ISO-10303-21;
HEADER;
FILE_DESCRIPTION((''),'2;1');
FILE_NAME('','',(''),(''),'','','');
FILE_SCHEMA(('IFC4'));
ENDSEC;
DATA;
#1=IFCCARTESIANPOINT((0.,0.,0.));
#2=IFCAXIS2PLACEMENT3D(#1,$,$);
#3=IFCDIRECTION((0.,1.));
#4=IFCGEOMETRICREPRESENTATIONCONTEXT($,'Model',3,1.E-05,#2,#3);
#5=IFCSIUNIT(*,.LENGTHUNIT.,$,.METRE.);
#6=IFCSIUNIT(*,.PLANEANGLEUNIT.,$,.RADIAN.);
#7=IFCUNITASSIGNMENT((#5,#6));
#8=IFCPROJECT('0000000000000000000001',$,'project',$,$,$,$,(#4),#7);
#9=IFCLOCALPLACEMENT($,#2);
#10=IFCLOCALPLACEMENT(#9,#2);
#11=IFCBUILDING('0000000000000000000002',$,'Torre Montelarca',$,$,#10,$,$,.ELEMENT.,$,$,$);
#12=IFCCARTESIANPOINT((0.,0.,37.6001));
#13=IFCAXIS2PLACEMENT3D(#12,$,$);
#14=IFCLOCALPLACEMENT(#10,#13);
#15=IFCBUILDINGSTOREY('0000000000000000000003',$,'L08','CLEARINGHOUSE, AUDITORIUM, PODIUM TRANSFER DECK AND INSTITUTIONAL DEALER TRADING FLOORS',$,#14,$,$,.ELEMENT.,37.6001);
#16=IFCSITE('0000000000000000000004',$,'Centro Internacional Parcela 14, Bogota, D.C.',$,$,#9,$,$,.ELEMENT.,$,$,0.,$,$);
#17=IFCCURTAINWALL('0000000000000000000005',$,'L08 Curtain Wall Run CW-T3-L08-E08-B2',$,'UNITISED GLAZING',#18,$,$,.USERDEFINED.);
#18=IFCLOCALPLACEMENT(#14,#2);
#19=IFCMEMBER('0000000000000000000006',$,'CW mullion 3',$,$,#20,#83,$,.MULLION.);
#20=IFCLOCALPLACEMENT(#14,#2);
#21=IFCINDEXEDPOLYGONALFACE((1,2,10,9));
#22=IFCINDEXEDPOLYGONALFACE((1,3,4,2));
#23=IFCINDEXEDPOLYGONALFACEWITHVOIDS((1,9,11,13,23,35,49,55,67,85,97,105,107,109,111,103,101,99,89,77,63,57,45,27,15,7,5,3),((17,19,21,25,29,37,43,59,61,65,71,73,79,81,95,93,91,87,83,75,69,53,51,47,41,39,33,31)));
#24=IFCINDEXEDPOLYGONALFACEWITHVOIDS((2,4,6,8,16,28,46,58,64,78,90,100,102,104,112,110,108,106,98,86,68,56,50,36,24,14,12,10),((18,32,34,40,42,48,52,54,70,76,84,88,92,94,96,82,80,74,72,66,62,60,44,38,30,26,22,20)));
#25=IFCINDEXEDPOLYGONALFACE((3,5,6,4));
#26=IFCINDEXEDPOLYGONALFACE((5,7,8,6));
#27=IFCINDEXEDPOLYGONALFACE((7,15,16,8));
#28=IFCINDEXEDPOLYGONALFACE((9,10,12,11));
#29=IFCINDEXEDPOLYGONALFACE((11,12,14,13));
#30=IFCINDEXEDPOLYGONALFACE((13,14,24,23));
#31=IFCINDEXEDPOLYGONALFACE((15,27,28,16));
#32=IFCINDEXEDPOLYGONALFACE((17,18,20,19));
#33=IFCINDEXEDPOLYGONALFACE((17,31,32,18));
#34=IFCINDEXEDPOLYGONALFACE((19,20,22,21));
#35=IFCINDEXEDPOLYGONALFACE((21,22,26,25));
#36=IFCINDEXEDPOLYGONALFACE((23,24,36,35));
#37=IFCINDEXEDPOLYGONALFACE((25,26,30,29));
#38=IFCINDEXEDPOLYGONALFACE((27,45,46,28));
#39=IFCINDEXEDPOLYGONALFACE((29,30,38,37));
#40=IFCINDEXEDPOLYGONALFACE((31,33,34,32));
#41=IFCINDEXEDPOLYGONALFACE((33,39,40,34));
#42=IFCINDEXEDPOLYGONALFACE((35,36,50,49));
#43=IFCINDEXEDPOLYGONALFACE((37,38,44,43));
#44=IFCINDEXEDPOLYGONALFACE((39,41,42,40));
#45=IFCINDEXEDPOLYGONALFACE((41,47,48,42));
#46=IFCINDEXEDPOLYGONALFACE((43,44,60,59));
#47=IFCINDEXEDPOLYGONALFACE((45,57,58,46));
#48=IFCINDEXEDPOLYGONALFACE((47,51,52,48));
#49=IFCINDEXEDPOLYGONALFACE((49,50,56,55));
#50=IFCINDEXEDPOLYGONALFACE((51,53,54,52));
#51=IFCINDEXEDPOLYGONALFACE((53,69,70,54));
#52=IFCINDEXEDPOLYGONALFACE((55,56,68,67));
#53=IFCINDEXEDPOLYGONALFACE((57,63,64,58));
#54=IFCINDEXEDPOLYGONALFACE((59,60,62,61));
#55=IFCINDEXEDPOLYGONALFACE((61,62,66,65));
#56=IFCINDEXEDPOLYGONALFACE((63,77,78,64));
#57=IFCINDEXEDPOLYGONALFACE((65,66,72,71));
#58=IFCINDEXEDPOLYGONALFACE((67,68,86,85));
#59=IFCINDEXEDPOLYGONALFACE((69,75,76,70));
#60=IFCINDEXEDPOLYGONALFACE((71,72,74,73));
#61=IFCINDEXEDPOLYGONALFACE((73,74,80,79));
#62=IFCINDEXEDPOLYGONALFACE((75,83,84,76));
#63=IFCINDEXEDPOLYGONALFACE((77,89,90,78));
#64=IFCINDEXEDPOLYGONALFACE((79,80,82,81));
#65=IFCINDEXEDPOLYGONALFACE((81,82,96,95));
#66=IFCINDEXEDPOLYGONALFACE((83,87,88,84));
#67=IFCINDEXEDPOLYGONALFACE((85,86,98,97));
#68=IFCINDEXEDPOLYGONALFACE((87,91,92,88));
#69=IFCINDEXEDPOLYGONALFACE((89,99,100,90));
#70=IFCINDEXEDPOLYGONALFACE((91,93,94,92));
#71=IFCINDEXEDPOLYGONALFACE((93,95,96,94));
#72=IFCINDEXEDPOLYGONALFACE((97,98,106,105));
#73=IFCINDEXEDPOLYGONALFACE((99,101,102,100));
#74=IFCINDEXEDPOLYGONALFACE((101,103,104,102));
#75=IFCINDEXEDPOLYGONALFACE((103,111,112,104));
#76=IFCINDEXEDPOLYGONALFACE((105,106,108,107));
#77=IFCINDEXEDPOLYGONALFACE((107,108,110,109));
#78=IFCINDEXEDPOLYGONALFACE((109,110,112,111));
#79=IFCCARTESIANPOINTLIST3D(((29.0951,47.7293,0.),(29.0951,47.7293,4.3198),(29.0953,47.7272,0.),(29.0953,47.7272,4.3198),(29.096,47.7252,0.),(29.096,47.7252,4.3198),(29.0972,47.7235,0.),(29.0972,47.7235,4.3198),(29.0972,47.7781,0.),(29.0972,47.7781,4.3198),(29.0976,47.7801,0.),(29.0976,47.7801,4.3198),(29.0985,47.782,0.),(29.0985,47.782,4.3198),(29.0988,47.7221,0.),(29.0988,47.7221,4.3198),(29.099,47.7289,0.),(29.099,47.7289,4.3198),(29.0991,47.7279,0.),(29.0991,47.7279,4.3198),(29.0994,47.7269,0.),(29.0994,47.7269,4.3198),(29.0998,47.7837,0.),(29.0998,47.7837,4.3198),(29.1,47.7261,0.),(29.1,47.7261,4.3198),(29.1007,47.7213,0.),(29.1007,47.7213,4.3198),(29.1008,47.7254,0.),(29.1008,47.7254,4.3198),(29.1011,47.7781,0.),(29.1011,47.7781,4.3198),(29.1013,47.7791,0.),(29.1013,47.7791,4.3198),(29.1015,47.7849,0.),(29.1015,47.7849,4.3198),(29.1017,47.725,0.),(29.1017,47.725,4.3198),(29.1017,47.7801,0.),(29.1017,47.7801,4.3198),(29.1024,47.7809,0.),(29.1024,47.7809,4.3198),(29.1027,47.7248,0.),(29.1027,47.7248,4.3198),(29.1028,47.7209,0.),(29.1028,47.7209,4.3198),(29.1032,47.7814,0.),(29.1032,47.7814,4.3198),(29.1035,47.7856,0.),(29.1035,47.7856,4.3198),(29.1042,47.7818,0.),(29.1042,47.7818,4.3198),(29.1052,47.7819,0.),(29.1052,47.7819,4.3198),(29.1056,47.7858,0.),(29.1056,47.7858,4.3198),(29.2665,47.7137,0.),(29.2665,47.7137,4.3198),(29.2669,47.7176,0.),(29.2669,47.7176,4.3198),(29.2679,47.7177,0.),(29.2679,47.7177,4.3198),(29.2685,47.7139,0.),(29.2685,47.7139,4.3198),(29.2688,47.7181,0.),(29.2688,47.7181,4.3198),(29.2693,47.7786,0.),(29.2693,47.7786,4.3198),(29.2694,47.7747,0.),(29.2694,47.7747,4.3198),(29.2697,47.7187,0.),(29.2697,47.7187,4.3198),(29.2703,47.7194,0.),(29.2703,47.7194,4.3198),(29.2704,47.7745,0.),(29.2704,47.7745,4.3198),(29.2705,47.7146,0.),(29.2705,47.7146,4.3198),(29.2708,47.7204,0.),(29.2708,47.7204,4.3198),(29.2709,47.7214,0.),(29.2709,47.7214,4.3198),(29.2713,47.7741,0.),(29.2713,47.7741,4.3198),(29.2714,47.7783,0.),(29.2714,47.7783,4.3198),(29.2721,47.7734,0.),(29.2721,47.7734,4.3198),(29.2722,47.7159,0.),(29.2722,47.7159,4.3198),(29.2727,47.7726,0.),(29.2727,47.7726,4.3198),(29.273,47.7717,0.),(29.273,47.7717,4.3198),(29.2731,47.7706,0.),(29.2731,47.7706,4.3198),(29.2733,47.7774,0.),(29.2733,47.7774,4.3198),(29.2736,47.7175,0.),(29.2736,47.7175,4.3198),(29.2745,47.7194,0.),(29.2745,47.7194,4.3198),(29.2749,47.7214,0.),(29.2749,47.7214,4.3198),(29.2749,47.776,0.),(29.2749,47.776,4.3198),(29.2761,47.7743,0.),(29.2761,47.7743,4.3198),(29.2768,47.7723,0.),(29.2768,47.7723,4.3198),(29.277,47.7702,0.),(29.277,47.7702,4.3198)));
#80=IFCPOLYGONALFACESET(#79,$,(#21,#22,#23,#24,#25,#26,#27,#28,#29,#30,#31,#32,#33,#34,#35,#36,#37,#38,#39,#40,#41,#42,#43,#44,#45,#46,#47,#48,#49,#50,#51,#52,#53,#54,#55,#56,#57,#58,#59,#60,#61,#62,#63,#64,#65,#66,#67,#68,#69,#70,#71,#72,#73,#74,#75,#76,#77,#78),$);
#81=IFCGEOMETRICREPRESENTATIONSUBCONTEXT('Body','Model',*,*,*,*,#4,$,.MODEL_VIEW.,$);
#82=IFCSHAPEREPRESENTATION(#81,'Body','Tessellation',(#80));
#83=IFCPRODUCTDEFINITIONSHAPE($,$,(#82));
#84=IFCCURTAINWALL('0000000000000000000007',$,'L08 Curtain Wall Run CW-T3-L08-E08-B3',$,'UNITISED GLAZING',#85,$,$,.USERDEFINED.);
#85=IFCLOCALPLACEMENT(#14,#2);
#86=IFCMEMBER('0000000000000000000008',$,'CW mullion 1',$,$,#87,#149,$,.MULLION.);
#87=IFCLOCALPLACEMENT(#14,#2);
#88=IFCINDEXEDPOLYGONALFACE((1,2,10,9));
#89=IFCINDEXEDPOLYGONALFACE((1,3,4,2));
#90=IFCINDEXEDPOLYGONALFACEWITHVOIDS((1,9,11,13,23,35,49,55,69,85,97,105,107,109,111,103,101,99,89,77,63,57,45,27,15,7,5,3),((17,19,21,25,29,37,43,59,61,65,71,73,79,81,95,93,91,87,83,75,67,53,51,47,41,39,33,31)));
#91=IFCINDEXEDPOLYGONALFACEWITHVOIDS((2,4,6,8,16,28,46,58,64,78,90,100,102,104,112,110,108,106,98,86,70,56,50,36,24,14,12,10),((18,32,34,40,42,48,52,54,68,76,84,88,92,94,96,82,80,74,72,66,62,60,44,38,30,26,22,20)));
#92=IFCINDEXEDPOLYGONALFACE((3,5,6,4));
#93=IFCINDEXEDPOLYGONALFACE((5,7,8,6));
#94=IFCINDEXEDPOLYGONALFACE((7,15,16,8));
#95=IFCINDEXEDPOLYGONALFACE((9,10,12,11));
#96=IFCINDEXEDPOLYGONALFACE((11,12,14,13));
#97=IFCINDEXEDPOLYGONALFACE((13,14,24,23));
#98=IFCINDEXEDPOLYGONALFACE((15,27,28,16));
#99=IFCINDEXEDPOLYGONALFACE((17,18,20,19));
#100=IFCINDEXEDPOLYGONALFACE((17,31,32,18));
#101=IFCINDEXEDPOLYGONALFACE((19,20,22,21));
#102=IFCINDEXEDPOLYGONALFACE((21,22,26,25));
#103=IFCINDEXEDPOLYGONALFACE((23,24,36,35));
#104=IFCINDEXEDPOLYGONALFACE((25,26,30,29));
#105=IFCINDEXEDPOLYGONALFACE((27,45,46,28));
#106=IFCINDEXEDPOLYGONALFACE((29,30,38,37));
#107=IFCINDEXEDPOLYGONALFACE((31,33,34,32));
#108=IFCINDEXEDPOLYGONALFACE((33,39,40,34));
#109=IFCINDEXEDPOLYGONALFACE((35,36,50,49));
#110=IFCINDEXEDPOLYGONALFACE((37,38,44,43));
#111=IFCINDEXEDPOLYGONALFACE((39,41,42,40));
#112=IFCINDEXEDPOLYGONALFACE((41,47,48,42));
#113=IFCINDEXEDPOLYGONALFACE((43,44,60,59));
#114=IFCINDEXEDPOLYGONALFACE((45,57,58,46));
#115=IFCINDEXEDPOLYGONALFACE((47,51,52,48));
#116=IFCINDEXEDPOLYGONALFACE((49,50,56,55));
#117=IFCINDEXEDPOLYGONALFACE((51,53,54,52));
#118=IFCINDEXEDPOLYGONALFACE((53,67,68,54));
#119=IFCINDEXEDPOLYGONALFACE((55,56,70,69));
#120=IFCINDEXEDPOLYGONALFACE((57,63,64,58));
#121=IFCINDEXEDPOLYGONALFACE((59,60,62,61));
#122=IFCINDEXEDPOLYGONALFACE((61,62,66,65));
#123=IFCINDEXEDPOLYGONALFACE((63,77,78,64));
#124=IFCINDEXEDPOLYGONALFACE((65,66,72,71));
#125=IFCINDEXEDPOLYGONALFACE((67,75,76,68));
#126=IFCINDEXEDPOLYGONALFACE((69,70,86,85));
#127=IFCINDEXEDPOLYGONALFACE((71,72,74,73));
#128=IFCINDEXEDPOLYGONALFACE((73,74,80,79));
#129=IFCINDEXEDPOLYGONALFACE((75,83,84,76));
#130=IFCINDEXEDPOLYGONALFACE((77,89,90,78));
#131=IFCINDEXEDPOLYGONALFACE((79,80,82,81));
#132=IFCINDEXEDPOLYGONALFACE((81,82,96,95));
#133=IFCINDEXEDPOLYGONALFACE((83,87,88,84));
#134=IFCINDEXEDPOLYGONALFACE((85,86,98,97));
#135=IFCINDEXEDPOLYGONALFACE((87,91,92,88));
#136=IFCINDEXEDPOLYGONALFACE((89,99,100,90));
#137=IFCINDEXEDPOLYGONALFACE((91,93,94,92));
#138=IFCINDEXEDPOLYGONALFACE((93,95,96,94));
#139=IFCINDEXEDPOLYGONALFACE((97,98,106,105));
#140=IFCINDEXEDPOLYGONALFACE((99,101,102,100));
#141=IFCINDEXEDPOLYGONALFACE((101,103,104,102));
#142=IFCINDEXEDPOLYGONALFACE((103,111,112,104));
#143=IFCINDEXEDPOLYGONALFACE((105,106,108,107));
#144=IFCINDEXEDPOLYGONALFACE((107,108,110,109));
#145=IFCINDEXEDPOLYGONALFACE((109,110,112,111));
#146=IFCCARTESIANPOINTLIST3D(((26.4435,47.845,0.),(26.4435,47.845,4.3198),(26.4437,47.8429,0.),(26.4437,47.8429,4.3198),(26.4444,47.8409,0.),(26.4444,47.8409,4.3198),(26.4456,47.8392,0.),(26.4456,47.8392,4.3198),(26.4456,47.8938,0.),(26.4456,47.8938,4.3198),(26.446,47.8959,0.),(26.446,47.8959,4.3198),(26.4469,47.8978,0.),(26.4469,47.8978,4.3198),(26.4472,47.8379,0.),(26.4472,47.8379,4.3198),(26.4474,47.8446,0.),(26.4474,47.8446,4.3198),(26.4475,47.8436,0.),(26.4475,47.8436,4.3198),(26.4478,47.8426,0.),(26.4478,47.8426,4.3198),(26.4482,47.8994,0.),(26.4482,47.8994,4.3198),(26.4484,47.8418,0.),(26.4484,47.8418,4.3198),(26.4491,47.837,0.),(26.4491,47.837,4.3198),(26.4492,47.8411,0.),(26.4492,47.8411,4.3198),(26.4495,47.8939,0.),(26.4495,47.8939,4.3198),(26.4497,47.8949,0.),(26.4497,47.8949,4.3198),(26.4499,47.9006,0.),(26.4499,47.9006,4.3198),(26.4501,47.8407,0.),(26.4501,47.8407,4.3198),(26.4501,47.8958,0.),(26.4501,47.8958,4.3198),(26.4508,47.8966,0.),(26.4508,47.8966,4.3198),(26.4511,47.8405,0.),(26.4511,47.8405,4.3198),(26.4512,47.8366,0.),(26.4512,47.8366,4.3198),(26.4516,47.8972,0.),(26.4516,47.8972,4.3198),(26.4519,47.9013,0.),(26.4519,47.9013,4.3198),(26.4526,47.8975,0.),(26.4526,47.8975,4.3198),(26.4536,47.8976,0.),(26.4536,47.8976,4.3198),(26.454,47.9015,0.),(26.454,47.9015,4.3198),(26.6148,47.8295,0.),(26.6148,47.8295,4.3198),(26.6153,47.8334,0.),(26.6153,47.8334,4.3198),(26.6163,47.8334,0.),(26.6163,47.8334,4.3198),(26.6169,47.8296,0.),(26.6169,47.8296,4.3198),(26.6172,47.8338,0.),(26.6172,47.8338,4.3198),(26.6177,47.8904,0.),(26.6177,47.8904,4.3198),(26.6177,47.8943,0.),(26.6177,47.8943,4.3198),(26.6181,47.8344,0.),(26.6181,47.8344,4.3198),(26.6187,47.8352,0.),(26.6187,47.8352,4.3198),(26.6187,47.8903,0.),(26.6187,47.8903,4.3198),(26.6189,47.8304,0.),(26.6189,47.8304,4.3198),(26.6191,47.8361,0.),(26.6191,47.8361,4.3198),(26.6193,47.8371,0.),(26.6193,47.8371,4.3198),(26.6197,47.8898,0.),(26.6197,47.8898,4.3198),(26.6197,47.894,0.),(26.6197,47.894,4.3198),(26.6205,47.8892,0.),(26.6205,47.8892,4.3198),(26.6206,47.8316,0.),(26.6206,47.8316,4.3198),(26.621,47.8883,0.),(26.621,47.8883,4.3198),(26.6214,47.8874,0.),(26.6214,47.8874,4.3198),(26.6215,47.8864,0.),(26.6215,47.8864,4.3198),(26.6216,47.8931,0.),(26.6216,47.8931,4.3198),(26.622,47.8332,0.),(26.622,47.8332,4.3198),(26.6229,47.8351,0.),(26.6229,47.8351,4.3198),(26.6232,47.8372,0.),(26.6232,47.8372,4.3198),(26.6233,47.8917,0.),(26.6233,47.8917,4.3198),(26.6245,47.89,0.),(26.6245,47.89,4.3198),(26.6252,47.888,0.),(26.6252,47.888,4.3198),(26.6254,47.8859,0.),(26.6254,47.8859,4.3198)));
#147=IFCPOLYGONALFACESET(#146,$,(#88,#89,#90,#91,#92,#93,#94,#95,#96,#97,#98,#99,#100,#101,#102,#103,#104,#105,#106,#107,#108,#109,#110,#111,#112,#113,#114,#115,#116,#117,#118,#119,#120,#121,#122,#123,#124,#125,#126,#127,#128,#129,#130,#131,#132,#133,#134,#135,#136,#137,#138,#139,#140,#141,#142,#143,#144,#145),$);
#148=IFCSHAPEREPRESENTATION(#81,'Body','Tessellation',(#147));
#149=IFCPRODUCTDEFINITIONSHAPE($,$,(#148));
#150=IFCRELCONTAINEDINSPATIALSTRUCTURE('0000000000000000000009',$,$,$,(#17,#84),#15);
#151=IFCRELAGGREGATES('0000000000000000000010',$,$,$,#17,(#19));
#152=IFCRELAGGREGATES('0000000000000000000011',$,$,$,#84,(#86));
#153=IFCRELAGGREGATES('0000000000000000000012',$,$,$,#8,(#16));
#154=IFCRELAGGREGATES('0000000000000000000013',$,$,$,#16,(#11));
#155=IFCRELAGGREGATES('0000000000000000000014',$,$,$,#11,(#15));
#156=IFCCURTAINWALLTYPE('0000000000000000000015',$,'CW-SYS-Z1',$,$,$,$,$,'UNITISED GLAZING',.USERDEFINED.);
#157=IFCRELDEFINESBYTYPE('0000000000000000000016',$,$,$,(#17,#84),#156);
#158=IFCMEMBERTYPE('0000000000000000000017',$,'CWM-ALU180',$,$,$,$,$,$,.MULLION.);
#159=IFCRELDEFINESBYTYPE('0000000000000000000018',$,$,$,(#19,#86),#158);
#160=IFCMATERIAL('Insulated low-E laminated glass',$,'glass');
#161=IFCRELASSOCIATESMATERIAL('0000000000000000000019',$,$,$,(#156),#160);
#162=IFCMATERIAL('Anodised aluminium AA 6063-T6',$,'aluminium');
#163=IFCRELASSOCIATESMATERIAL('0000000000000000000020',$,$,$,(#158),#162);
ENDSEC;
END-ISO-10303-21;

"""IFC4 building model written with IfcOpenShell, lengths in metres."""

from ifc_helpers import new_model, si_unit, direction, frame, origin, origin_2d, place, context, subcontext, project, spatial, hollow_rectangle, extrude, source, transform, mapped, material, material_profile, profile_set, type_object, element, aggregate, save


model = new_model("IFC4")

# Units and contexts
model_context = context("Model", 3, precision=1e-05, world=origin(), true_north=direction((0.0, 1.0)))
body_context = subcontext(model_context, "Body", "Model", "MODEL_VIEW")
ifc_project = project(units=[si_unit("LENGTHUNIT", "METRE"), si_unit("PLANEANGLEUNIT", "RADIAN")], contexts=[model_context])

# Site, building, storey
site_placement = place(None, origin())
site = spatial("IfcSite", under=ifc_project, at=site_placement, Name="Centro Internacional Parcela 14, Bogota, D.C.", CompositionType="ELEMENT", RefElevation=0.0)
building_placement = place(site_placement, origin())
building = spatial("IfcBuilding", under=site, at=building_placement, Name="Torre Montelarca", CompositionType="ELEMENT")
storey_placement = place(building_placement, frame((0.0, 0.0, 37.6001)))
storey = spatial("IfcBuildingStorey", under=building, at=storey_placement, Name="L08", Description="CLEARINGHOUSE, AUDITORIUM, PODIUM TRANSFER DECK AND INSTITUTIONAL DEALER TRADING FLOORS", CompositionType="ELEMENT", Elevation=37.6001)

# Curtain walls, members
ifc_material_1 = material(Name="Insulated low-E laminated glass", Category="glass")
curtain_wall_type = type_object("IfcCurtainWallType", Name="CW-SYS-Z1", ElementType="UNITISED GLAZING", PredefinedType="USERDEFINED", material=ifc_material_1)
curtain_wall_1_placement = place(storey_placement, origin())
curtain_wall_1 = element("IfcCurtainWall", 1, at=curtain_wall_1_placement, inside=storey, type_object=curtain_wall_type, Name="L08 Curtain Wall Run CW-T3-L08-E08-B2", ObjectType="UNITISED GLAZING", PredefinedType="USERDEFINED")
ifc_material_2 = material(Name="Anodised aluminium AA 6063-T6", Category="aluminium")
ifc_material_profile_1 = material_profile(ifc_material_2, hollow_rectangle(XDim=0.0649, YDim=0.1799, WallThickness=0.0039, InnerFilletRadius=0.0039, OuterFilletRadius=0.0081, at=origin_2d()), Name="ALU65X180X4", Category="aluminium")
ifc_profile_set_1 = profile_set([ifc_material_profile_1], Name="Anodised aluminium AA 6063-T6")
member_type_1 = type_object("IfcMemberType", Name="CWM-ALU180", PredefinedType="MULLION", material=ifc_profile_set_1)
shared_shape_1 = source(origin(), body_context, "Body", "SweptSolid", [
    extrude(hollow_rectangle(XDim=0.0649, YDim=0.1799, WallThickness=0.0039, InnerFilletRadius=0.0039, OuterFilletRadius=0.0081, at=origin_2d()), origin(), (0.0, 0.0, 1.0), 4.3198),
])
member_1_placement = place(storey_placement, frame((29.186, 47.7498, 0.0), z_axis=(0.0, 0.0, 1.0), x_axis=(-0.043615, -0.999048, 0.0)))
member_1 = element("IfcMember", 2, at=member_1_placement, type_object=member_type_1, Name="CW mullion 3", PredefinedType="MULLION", context=body_context, shape_type="MappedRepresentation", body=[
    mapped(shared_shape_1, transform((0.0, 0.0, 0.0), scale=1.0)),
])
curtain_wall_2_placement = place(storey_placement, origin())
curtain_wall_2 = element("IfcCurtainWall", 3, at=curtain_wall_2_placement, inside=storey, type_object=curtain_wall_type, Name="L08 Curtain Wall Run CW-T3-L08-E08-B3", ObjectType="UNITISED GLAZING", PredefinedType="USERDEFINED")
member_2_placement = place(storey_placement, frame((26.5344, 47.8655, 0.0), z_axis=(0.0, 0.0, 1.0), x_axis=(-0.043629, -0.999048, 0.0)))
member_2 = element("IfcMember", 4, at=member_2_placement, type_object=member_type_1, Name="CW mullion 1", PredefinedType="MULLION", context=body_context, shape_type="MappedRepresentation", body=[
    mapped(shared_shape_1, transform((0.0, 0.0, 0.0), scale=1.0)),
])

aggregate(curtain_wall_1, [member_1])
aggregate(curtain_wall_2, [member_2])

save(model, "model.ifc")
